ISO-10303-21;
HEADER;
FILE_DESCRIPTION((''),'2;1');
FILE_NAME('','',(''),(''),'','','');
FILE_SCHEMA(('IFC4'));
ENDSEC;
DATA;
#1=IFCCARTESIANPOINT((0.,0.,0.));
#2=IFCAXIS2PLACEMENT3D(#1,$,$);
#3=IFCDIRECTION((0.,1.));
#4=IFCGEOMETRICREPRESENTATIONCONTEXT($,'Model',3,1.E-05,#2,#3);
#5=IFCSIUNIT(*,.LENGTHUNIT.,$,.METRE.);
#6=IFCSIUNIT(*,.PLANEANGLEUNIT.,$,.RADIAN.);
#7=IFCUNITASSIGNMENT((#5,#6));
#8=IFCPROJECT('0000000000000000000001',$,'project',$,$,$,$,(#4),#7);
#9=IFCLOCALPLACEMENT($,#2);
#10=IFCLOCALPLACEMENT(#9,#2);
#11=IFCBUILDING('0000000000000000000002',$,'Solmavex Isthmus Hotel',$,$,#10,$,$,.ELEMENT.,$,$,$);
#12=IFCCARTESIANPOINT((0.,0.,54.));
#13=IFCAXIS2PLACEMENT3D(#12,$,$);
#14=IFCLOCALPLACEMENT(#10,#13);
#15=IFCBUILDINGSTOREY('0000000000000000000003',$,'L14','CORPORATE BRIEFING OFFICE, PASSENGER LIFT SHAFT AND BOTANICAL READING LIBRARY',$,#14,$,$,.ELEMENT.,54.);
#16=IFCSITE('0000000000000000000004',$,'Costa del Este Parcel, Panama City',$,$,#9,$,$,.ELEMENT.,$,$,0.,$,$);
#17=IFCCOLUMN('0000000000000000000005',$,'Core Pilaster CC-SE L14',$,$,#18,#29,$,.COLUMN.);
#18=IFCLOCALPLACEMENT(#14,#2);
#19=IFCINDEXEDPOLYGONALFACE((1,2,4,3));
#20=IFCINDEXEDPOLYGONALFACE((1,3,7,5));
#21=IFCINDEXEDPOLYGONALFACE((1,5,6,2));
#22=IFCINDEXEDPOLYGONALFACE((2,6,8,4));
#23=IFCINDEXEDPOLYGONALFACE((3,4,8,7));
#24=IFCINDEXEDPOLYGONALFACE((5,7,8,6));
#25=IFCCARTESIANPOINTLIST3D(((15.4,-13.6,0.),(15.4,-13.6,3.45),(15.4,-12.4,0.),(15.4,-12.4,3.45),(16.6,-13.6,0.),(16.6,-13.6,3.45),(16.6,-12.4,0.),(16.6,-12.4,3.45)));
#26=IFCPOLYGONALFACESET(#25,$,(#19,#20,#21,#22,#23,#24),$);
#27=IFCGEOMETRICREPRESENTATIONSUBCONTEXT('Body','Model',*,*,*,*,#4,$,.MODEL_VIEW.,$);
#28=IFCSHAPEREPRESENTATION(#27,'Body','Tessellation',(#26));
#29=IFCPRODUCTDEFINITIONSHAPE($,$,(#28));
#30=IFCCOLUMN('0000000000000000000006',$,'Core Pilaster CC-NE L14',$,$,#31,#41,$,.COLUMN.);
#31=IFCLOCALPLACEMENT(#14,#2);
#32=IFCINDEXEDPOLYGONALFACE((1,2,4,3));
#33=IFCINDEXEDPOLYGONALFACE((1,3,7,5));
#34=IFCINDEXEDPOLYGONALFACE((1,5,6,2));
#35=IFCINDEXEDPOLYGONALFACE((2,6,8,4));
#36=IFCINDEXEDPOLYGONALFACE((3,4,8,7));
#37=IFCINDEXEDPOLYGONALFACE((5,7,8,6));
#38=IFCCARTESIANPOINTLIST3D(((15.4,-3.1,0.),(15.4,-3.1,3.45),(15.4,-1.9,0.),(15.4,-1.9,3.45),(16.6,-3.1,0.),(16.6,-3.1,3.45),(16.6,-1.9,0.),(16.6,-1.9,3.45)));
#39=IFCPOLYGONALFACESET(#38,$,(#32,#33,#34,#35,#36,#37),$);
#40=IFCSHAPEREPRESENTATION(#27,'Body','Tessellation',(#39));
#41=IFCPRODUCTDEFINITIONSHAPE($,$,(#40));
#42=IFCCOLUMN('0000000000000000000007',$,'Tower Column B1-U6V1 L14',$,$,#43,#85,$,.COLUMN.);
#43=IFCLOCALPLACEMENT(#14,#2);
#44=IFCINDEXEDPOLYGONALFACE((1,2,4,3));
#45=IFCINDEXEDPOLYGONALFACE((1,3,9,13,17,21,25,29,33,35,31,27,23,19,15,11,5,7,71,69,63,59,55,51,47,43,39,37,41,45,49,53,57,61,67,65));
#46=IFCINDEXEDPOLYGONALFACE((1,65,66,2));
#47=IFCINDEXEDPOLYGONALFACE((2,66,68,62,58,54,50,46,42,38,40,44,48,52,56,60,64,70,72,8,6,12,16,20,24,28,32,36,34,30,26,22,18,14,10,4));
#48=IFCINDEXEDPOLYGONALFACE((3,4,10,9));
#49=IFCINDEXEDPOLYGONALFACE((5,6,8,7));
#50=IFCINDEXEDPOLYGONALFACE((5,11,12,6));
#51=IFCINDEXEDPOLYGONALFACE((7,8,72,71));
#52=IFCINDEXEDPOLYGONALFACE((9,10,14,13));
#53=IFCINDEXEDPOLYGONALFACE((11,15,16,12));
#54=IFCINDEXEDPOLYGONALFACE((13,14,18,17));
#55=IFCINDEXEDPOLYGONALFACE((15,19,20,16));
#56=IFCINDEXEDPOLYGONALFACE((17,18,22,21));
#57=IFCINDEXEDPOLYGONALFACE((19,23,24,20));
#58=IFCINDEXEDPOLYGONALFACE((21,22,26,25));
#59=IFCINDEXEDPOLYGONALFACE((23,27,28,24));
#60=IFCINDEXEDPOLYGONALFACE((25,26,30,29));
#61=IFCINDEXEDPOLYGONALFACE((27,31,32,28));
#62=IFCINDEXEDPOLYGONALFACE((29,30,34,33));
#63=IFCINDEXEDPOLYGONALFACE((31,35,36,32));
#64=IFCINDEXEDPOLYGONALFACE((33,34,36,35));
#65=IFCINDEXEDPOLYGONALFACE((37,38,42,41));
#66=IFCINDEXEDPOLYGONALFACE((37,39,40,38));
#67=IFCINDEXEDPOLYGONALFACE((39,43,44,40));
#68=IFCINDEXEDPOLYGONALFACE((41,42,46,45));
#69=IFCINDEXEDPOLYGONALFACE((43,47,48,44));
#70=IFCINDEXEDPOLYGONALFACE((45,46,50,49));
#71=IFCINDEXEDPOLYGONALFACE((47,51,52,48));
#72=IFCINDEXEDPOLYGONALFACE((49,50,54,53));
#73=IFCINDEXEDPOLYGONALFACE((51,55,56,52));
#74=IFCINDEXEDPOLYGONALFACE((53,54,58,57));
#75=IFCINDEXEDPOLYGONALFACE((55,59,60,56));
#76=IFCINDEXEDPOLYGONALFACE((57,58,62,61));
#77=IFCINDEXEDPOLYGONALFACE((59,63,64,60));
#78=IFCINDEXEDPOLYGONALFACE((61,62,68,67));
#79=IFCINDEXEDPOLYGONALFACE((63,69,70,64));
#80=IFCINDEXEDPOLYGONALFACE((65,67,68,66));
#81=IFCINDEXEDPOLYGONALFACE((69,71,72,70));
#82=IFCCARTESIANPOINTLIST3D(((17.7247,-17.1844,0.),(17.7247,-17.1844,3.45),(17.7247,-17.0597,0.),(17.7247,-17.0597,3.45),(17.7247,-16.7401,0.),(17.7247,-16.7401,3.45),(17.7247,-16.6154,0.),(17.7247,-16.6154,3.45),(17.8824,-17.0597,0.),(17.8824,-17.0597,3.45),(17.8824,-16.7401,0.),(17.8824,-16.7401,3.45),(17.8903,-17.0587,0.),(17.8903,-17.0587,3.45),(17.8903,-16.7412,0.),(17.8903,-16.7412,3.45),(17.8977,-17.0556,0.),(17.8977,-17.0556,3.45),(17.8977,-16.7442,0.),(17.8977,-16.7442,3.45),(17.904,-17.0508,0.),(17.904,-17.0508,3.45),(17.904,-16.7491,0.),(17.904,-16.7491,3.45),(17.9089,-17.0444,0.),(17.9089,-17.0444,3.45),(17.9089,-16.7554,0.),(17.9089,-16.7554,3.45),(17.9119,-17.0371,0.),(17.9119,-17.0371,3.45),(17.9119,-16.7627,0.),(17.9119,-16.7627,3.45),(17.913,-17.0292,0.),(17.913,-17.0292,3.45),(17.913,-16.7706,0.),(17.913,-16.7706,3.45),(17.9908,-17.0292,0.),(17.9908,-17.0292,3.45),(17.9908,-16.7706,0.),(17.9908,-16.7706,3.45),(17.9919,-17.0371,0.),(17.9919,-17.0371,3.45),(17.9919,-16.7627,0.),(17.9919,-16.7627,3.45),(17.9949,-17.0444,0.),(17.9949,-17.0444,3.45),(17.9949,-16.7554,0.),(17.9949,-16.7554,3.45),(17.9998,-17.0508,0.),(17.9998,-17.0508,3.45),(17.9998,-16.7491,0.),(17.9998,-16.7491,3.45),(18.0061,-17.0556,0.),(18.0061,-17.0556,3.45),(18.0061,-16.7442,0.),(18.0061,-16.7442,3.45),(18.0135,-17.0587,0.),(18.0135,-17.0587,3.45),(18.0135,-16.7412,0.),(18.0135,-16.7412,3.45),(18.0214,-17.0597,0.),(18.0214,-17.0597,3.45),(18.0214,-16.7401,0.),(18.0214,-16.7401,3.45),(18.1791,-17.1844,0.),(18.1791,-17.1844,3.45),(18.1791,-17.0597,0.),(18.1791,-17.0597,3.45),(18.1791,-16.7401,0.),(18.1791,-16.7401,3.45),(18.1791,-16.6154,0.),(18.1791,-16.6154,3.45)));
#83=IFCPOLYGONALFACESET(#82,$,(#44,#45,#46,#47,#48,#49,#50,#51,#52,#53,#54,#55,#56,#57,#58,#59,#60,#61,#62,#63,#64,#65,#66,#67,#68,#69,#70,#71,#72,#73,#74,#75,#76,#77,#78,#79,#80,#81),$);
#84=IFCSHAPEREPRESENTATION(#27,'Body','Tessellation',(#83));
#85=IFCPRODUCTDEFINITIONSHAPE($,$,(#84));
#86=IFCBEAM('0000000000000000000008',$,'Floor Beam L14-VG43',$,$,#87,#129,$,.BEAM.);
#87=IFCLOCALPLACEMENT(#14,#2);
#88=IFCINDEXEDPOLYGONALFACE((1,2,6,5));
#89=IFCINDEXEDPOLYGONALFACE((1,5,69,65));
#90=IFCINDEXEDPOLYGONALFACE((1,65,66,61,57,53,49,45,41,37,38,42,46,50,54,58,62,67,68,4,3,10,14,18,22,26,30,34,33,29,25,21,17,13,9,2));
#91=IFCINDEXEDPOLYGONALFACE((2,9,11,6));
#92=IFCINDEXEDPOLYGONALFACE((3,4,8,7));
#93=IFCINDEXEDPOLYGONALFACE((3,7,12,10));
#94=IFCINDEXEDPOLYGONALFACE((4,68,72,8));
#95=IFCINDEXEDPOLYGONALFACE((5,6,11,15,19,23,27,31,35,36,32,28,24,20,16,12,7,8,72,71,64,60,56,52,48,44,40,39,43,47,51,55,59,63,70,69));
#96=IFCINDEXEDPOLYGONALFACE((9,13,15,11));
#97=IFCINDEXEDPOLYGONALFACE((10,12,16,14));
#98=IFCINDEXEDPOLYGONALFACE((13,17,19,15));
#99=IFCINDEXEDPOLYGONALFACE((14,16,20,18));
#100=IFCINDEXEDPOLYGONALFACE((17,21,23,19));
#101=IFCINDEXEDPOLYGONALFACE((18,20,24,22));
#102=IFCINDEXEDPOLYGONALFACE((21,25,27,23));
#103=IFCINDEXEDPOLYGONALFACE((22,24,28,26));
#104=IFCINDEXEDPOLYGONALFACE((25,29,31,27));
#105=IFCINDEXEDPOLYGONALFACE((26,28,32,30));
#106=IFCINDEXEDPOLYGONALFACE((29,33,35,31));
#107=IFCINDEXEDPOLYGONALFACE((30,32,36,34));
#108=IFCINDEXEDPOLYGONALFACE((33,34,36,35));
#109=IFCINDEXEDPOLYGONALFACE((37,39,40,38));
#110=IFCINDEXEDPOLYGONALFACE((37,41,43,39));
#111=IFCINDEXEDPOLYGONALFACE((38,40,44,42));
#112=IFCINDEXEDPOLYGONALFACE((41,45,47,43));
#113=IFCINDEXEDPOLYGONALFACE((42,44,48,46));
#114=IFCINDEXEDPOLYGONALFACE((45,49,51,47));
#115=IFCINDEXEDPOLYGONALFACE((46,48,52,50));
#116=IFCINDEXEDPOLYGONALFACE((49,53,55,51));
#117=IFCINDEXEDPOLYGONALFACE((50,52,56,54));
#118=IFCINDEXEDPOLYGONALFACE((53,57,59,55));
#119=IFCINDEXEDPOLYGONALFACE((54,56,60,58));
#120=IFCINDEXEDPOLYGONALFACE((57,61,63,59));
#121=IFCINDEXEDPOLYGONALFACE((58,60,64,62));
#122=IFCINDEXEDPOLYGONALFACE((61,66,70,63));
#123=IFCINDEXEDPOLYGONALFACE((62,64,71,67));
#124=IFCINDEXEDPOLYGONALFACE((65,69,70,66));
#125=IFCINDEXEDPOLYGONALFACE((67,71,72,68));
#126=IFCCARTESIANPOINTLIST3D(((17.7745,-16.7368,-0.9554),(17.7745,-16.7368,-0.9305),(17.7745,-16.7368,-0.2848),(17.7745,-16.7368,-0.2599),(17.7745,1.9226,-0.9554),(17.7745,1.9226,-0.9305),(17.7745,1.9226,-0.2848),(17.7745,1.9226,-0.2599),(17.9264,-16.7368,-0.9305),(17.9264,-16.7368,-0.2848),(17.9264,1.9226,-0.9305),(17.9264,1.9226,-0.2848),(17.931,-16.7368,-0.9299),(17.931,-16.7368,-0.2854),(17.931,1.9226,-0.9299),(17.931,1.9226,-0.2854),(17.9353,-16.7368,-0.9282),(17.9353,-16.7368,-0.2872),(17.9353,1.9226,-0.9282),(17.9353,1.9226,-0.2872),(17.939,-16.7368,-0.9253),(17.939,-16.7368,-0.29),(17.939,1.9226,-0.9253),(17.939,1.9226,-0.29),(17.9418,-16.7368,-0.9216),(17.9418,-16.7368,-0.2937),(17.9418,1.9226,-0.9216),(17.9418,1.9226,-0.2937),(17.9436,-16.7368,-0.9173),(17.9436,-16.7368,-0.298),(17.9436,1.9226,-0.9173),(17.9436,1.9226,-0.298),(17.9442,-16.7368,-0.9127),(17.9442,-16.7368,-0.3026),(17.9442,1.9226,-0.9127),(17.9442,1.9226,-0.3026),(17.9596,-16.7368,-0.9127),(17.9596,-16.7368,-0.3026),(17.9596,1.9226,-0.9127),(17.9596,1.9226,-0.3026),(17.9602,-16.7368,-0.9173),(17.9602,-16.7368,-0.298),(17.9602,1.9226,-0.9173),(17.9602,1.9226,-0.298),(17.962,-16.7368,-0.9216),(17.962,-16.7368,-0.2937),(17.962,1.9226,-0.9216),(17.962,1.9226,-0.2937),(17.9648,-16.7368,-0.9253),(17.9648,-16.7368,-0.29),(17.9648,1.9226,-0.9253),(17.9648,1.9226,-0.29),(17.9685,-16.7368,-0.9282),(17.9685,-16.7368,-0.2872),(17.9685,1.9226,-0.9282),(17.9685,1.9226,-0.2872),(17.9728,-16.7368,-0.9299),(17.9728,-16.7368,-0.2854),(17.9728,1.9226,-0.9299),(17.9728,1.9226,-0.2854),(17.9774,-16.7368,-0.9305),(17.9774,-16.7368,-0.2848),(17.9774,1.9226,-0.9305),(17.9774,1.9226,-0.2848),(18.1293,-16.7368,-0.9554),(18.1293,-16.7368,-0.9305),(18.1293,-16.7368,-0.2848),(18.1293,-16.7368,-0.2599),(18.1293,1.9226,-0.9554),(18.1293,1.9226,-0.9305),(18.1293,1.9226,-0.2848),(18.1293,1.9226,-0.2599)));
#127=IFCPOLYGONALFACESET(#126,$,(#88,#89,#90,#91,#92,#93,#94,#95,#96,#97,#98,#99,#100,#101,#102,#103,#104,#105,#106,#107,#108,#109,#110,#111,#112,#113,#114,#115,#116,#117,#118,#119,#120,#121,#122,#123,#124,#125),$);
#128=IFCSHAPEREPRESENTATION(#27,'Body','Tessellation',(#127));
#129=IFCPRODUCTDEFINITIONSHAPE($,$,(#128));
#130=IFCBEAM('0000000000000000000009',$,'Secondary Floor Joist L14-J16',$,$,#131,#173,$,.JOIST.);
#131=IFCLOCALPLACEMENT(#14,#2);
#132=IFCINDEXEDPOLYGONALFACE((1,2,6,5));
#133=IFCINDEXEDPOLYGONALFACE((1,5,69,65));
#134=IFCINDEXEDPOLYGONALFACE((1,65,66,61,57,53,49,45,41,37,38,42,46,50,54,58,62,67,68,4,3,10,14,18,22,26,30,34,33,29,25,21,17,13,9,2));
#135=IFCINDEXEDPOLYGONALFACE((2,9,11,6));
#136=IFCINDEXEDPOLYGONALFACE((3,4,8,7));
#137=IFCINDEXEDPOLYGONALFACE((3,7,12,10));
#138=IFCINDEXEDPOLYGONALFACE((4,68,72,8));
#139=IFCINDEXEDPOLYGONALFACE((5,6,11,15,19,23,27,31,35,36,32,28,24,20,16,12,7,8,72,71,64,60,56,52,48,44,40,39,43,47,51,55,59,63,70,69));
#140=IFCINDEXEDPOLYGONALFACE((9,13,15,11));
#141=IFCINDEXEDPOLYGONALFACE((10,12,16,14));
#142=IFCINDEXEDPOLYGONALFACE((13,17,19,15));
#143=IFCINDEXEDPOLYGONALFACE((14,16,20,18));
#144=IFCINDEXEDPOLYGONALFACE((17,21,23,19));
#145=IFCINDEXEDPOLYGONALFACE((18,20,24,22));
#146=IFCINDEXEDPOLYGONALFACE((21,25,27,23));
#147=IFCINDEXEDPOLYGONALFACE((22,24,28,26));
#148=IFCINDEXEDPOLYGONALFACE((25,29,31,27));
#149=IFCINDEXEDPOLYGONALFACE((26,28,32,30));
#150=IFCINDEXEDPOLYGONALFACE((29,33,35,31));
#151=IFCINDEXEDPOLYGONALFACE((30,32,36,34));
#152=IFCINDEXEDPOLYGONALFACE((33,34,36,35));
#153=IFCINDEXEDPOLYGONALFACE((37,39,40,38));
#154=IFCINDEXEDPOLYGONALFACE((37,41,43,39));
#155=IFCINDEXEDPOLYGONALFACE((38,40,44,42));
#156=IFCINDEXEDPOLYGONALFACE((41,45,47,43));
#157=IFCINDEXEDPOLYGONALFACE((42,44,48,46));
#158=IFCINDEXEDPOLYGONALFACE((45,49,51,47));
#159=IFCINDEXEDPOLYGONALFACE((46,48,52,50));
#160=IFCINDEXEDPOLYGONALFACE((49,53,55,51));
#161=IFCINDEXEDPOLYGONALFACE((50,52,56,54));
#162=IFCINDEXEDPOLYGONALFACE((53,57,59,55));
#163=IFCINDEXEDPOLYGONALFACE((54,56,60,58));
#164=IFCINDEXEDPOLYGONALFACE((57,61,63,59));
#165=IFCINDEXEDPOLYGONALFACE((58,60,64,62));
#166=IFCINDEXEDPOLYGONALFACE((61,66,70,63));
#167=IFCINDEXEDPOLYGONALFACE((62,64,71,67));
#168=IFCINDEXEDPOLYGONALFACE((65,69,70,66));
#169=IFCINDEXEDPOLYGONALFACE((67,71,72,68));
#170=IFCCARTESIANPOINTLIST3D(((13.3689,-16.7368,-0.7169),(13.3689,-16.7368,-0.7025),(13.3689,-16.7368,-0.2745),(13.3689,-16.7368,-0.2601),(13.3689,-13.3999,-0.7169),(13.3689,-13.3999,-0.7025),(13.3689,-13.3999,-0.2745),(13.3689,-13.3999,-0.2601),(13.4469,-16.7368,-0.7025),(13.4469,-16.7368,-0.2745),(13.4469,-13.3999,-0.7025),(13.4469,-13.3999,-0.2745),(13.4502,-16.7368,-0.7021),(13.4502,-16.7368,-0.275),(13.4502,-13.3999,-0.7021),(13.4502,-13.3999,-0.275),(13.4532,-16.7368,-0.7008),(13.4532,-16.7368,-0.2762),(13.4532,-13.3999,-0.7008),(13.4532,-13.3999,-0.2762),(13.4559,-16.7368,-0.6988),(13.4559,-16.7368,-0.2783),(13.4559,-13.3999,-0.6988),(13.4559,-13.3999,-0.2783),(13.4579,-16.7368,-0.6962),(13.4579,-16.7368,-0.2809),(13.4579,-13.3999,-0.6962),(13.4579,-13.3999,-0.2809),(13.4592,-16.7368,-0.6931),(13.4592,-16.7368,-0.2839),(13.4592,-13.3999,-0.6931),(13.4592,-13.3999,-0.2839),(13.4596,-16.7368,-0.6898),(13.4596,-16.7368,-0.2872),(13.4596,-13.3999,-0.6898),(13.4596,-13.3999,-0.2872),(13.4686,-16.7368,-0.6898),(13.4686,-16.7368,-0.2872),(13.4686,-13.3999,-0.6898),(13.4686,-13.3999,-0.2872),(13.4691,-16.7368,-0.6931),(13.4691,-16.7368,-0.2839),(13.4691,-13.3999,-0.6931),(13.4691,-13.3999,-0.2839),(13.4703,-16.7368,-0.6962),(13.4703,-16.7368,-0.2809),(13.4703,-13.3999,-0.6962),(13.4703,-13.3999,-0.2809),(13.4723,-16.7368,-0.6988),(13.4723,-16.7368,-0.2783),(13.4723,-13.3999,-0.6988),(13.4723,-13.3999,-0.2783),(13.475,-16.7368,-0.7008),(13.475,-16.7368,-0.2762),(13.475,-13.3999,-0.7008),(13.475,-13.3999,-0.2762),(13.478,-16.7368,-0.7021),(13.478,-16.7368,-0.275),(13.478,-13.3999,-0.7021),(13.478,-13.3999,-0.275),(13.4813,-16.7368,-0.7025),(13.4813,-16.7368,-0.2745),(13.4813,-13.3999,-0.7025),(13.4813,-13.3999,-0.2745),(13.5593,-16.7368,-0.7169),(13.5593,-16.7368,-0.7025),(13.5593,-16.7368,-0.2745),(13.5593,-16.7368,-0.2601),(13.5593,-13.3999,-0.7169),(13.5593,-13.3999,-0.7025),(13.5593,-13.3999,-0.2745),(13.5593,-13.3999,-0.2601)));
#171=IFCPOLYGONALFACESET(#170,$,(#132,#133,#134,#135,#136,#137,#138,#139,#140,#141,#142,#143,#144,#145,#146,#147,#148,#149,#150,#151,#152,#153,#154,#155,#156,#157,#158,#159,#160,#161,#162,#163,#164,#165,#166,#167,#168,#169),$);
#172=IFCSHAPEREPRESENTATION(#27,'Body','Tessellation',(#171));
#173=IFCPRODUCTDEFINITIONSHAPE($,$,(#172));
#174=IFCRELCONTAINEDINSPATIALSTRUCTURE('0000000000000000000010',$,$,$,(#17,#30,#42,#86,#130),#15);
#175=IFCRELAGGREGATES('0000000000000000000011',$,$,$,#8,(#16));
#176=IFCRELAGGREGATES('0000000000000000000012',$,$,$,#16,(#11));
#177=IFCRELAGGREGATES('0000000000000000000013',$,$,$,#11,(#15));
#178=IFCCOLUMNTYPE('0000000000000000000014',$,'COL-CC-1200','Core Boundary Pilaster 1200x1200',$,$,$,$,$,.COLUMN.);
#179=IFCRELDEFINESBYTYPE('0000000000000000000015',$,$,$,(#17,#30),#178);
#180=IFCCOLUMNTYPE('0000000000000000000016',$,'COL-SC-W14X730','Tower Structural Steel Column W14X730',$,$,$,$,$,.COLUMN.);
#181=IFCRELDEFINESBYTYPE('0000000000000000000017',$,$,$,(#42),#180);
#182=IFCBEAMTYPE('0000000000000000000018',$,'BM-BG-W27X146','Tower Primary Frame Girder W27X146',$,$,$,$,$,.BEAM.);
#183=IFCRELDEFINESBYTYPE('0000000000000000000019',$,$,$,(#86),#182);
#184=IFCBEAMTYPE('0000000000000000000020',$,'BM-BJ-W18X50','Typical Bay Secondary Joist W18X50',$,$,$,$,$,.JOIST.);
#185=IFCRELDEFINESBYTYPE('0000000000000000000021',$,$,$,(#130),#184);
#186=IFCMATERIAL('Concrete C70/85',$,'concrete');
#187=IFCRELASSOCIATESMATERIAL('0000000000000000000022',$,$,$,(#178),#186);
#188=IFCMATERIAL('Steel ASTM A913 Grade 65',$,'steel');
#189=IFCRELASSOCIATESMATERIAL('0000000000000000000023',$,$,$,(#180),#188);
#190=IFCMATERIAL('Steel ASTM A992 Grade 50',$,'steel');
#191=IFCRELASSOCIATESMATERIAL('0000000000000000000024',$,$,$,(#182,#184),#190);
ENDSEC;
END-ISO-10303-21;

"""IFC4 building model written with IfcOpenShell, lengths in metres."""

from ifc_helpers import new_model, si_unit, direction, frame, origin, origin_2d, place, context, subcontext, project, spatial, rectangle, i_section, extrude, material, material_profile, profile_set, type_object, element, save


model = new_model("IFC4")

# Units and contexts
model_context = context("Model", 3, precision=1e-05, world=origin(), true_north=direction((0.0, 1.0)))
body_context = subcontext(model_context, "Body", "Model", "MODEL_VIEW")
ifc_project = project(units=[si_unit("LENGTHUNIT", "METRE"), si_unit("PLANEANGLEUNIT", "RADIAN")], contexts=[model_context])

# Site, building, storey
site_placement = place(None, origin())
site = spatial("IfcSite", under=ifc_project, at=site_placement, Name="Costa del Este Parcel, Panama City", CompositionType="ELEMENT", RefElevation=0.0)
building_placement = place(site_placement, origin())
building = spatial("IfcBuilding", under=site, at=building_placement, Name="Solmavex Isthmus Hotel", CompositionType="ELEMENT")
storey_placement = place(building_placement, frame((0.0, 0.0, 54.0)))
storey = spatial("IfcBuildingStorey", under=building, at=storey_placement, Name="L14", Description="CORPORATE BRIEFING OFFICE, PASSENGER LIFT SHAFT AND BOTANICAL READING LIBRARY", CompositionType="ELEMENT", Elevation=54.0)

# Columns
ifc_material_1 = material(Name="Concrete C70/85", Category="concrete")
ifc_material_profile_1 = material_profile(ifc_material_1, rectangle(XDim=1.2, YDim=1.2, at=origin_2d()), Name="RC1200X1200")
ifc_profile_set_1 = profile_set([ifc_material_profile_1], Name="Concrete C70/85")
column_type_1 = type_object("IfcColumnType", Name="COL-CC-1200", Description="Core Boundary Pilaster 1200x1200", PredefinedType="COLUMN", material=ifc_profile_set_1)
for number, where, z_axis, x_axis, name in (
    (1, (16.0, -13.0, 0.0), (0.0, 0.0, 1.0), (1.0, 0.0, 0.0), "Core Pilaster CC-SE L14"),
    (2, (16.0, -2.5, 0.0), (0.0, 0.0, 1.0), (1.0, 0.0, 0.0), "Core Pilaster CC-NE L14"),
):
    element("IfcColumn", number, at=place(storey_placement, frame(where, z_axis=z_axis, x_axis=x_axis)), inside=storey, type_object=column_type_1, Name=name, PredefinedType="COLUMN", context=body_context, shape_type="SweptSolid", body=[
        extrude(rectangle(XDim=1.2, YDim=1.2, at=origin_2d()), origin(), (0.0, 0.0, 1.0), 3.45),
    ])
ifc_material_2 = material(Name="Steel ASTM A913 Grade 65", Category="steel")
ifc_material_profile_2 = material_profile(ifc_material_2, i_section(OverallWidth=0.4543, OverallDepth=0.5691, WebThickness=0.0779, FlangeThickness=0.1248, FilletRadius=0.0305, at=origin_2d()), Name="W14X730")
ifc_profile_set_2 = profile_set([ifc_material_profile_2], Name="Steel ASTM A913 Grade 65")
column_type_2 = type_object("IfcColumnType", Name="COL-SC-W14X730", Description="Tower Structural Steel Column W14X730", PredefinedType="COLUMN", material=ifc_profile_set_2)
column_placement = place(storey_placement, frame((17.9519, -16.8999, 0.0), z_axis=(0.0, 0.0, 1.0), x_axis=(1.0, 0.0, 0.0)))
element("IfcColumn", 3, at=column_placement, inside=storey, type_object=column_type_2, Name="Tower Column B1-U6V1 L14", PredefinedType="COLUMN", context=body_context, shape_type="SweptSolid", body=[
    extrude(i_section(OverallWidth=0.4543, OverallDepth=0.5691, WebThickness=0.0779, FlangeThickness=0.1248, FilletRadius=0.0305, at=origin_2d()), origin(), (0.0, 0.0, 1.0), 3.45),
])

# Beams
ifc_material_3 = material(Name="Steel ASTM A992 Grade 50", Category="steel")
ifc_material_profile_3 = material_profile(ifc_material_3, i_section(OverallWidth=0.3547, OverallDepth=0.6956, WebThickness=0.0154, FlangeThickness=0.0249, FilletRadius=0.0178, at=origin_2d()), Name="W27X146")
ifc_profile_set_3 = profile_set([ifc_material_profile_3], Name="Steel ASTM A992 Grade 50")
beam_type_1 = type_object("IfcBeamType", Name="BM-BG-W27X146", Description="Tower Primary Frame Girder W27X146", PredefinedType="BEAM", material=ifc_profile_set_3)
beam_1_placement = place(storey_placement, frame((17.9519, -16.7368, -0.6077), z_axis=(0.0, 1.0, 0.0), x_axis=(-1.0, 0.0, 0.0)))
element("IfcBeam", 4, at=beam_1_placement, inside=storey, type_object=beam_type_1, Name="Floor Beam L14-VG43", PredefinedType="BEAM", context=body_context, shape_type="SweptSolid", body=[
    extrude(i_section(OverallWidth=0.3547, OverallDepth=0.6956, WebThickness=0.0154, FlangeThickness=0.0249, FilletRadius=0.0178, at=origin_2d()), origin(), (0.0, 0.0, 1.0), 18.6594),
])
ifc_material_profile_4 = material_profile(ifc_material_3, i_section(OverallWidth=0.1904, OverallDepth=0.4568, WebThickness=0.009, FlangeThickness=0.0144, FilletRadius=0.0127, at=origin_2d()), Name="W18X50")
ifc_profile_set_4 = profile_set([ifc_material_profile_4], Name="Steel ASTM A992 Grade 50")
beam_type_2 = type_object("IfcBeamType", Name="BM-BJ-W18X50", Description="Typical Bay Secondary Joist W18X50", PredefinedType="JOIST", material=ifc_profile_set_4)
beam_2_placement = place(storey_placement, frame((13.4641, -16.7368, -0.4885), z_axis=(0.0, 1.0, 0.0), x_axis=(-1.0, 0.0, 0.0)))
element("IfcBeam", 5, at=beam_2_placement, inside=storey, type_object=beam_type_2, Name="Secondary Floor Joist L14-J16", PredefinedType="JOIST", context=body_context, shape_type="SweptSolid", body=[
    extrude(i_section(OverallWidth=0.1904, OverallDepth=0.4568, WebThickness=0.009, FlangeThickness=0.0144, FilletRadius=0.0127, at=origin_2d()), origin(), (0.0, 0.0, 1.0), 3.3369),
])

save(model, "model.ifc")
